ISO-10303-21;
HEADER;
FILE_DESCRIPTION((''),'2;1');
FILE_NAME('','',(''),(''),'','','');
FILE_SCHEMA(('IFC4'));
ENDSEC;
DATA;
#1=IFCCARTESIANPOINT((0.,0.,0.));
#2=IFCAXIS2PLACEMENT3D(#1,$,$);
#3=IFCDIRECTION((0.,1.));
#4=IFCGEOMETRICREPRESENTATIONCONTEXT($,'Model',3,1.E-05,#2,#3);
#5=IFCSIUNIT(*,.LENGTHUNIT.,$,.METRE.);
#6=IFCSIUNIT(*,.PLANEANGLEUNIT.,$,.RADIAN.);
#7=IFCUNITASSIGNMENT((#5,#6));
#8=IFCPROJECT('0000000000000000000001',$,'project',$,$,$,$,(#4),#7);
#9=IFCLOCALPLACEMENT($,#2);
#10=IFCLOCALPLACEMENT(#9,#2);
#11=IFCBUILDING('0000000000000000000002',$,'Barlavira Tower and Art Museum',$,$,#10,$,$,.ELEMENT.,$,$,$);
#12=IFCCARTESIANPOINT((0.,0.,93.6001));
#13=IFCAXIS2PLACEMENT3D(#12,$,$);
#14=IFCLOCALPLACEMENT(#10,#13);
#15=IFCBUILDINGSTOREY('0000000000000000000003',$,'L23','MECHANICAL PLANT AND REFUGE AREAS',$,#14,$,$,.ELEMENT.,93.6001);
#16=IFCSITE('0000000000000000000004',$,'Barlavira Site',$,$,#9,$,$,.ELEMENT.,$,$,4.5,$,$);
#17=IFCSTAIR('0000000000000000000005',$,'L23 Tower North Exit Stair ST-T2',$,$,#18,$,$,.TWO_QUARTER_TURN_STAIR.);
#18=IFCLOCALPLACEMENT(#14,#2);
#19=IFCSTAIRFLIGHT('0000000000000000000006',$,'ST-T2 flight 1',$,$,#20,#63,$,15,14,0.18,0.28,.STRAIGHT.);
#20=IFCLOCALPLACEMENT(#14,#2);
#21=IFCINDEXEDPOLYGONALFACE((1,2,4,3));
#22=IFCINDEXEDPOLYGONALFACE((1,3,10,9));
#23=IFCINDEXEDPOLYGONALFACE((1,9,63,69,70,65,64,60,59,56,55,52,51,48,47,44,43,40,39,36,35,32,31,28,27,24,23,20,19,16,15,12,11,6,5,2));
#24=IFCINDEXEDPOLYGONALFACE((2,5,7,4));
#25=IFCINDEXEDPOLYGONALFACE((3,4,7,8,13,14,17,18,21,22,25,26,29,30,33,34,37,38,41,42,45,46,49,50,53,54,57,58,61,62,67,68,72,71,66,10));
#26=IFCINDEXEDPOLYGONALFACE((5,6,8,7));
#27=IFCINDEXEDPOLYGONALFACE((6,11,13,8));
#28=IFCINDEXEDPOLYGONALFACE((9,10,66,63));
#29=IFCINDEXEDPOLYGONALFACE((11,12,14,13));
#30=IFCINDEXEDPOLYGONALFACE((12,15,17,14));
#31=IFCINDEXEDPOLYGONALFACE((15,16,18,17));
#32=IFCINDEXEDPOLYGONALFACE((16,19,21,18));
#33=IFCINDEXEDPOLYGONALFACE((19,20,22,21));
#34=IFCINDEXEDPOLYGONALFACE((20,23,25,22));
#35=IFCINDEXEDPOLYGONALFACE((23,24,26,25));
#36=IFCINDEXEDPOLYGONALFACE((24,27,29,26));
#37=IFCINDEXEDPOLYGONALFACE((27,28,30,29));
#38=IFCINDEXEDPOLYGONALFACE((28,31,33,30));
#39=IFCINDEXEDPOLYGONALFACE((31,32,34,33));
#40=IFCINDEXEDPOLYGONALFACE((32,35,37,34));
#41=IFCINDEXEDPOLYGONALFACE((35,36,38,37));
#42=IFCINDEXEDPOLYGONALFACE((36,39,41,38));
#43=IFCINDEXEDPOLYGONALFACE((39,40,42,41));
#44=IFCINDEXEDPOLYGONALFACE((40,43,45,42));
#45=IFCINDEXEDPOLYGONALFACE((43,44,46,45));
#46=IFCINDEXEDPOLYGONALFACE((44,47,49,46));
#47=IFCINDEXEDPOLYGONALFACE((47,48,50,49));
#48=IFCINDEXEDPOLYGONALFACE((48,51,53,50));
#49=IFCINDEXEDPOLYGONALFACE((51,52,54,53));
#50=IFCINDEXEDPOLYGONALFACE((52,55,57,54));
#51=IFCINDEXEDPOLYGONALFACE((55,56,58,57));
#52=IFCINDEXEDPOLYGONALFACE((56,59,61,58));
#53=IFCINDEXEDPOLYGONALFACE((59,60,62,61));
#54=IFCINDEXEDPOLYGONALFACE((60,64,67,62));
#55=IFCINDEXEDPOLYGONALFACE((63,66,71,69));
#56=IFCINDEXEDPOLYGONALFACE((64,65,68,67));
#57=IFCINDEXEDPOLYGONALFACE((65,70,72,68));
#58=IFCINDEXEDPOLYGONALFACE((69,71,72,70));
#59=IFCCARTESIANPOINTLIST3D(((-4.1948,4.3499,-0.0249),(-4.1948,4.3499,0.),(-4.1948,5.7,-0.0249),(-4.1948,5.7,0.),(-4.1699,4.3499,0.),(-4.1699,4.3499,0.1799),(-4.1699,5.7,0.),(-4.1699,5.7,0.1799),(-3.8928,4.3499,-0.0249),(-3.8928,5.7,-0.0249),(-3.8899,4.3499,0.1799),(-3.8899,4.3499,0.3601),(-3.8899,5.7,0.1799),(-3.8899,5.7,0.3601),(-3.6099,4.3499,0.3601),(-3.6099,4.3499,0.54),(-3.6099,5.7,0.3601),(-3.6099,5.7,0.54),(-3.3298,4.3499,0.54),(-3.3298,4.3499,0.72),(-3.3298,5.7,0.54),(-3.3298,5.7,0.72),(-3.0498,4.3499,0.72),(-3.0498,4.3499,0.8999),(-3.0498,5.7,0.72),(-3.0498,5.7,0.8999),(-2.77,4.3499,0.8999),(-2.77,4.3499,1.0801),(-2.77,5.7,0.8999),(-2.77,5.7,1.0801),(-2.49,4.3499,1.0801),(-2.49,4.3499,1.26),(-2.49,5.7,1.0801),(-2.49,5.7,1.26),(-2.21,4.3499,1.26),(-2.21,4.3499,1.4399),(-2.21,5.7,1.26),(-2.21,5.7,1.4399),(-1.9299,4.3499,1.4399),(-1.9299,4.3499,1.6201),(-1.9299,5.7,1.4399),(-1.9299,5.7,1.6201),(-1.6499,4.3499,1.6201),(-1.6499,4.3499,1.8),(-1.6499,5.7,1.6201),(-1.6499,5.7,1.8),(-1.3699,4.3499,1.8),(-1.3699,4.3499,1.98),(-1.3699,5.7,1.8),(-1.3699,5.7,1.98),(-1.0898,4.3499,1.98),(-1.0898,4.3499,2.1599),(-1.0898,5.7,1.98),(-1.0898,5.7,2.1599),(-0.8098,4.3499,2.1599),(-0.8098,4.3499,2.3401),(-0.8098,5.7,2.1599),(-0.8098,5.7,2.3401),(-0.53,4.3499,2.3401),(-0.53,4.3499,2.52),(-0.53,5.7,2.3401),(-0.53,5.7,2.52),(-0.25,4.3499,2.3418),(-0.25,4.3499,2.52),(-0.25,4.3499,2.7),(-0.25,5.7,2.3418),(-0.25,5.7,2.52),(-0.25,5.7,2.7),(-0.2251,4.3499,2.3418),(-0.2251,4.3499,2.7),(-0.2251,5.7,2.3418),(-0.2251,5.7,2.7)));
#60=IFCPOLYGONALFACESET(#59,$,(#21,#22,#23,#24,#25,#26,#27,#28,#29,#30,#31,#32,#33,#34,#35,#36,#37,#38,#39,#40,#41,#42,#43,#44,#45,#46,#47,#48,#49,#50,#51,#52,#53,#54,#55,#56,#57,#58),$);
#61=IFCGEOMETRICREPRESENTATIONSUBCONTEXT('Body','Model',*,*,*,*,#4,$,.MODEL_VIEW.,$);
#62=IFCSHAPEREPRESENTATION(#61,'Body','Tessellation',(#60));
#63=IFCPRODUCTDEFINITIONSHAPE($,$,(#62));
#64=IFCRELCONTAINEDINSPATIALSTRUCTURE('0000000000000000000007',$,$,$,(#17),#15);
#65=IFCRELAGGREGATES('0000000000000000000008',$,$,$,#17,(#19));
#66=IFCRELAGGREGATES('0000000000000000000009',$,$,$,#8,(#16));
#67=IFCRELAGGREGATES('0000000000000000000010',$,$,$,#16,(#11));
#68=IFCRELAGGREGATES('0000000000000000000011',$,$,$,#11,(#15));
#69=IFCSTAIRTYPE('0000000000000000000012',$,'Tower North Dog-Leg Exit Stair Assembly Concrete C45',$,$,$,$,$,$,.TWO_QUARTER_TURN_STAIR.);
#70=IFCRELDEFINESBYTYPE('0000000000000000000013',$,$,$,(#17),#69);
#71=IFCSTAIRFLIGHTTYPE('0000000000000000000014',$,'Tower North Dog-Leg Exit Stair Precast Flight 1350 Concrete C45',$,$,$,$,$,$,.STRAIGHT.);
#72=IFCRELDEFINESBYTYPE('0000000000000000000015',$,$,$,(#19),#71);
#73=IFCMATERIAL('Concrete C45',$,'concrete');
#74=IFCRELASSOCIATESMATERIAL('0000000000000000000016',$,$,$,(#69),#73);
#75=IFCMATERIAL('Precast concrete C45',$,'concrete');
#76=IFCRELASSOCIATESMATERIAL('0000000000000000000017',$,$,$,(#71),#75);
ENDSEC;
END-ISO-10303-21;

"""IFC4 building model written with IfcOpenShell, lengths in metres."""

from ifc_helpers import new_model, si_unit, direction, frame, origin, place, context, subcontext, project, spatial, polyline, outline, extrude, material, type_object, element, aggregate, save


model = new_model("IFC4")

# Units and contexts
model_context = context("Model", 3, precision=1e-05, world=origin(), true_north=direction((0.0, 1.0)))
body_context = subcontext(model_context, "Body", "Model", "MODEL_VIEW")
ifc_project = project(units=[si_unit("LENGTHUNIT", "METRE"), si_unit("PLANEANGLEUNIT", "RADIAN")], contexts=[model_context])

# Site, building, storey
site_placement = place(None, origin())
site = spatial("IfcSite", under=ifc_project, at=site_placement, Name="Barlavira Site", CompositionType="ELEMENT", RefElevation=4.5)
building_placement = place(site_placement, origin())
building = spatial("IfcBuilding", under=site, at=building_placement, Name="Barlavira Tower and Art Museum", CompositionType="ELEMENT")
storey_placement = place(building_placement, frame((0.0, 0.0, 93.6001)))
storey = spatial("IfcBuildingStorey", under=building, at=storey_placement, Name="L23", Description="MECHANICAL PLANT AND REFUGE AREAS", CompositionType="ELEMENT", Elevation=93.6001)

# Stair, stair flight
ifc_material_1 = material(Name="Concrete C45", Category="concrete")
stair_type = type_object("IfcStairType", Name="Tower North Dog-Leg Exit Stair Assembly Concrete C45", PredefinedType="TWO_QUARTER_TURN_STAIR", material=ifc_material_1)
stair_placement = place(storey_placement, origin())
stair = element("IfcStair", 1, at=stair_placement, inside=storey, type_object=stair_type, Name="L23 Tower North Exit Stair ST-T2", PredefinedType="TWO_QUARTER_TURN_STAIR")
ifc_material_2 = material(Name="Precast concrete C45", Category="concrete")
stair_flight_type = type_object("IfcStairFlightType", Name="Tower North Dog-Leg Exit Stair Precast Flight 1350 Concrete C45", PredefinedType="STRAIGHT", material=ifc_material_2)
stair_flight_placement = place(storey_placement, frame((-4.1699, 5.0249, 0.0), z_axis=(0.0, 0.0, 1.0), x_axis=(1.0, 0.0, 0.0)))
stair_flight = element("IfcStairFlight", 2, at=stair_flight_placement, type_object=stair_flight_type, Name="ST-T2 flight 1", NumberOfRisers=15, NumberOfTreads=14, PredefinedType="STRAIGHT", RiserHeight=0.18, TreadLength=0.28, context=body_context, shape_type="SweptSolid", body=[
    extrude(outline(polyline([(-0.0249, 0.0), (0.0, 0.0), (0.0, 0.1799), (0.28, 0.1799), (0.28, 0.3601), (0.5601, 0.3601), (0.5601, 0.54), (0.8401, 0.54), (0.8401, 0.72), (1.1201, 0.72), (1.1201, 0.8999), (1.3999, 0.8999), (1.3999, 1.0801), (1.6799, 1.0801), (1.6799, 1.26), (1.96, 1.26), (1.96, 1.4399), (2.24, 1.4399), (2.24, 1.6201), (2.52, 1.6201), (2.52, 1.8), (2.8, 1.8), (2.8, 1.98), (3.0801, 1.98), (3.0801, 2.1599), (3.3601, 2.1599), (3.3601, 2.3401), (3.6399, 2.3401), (3.6399, 2.52), (3.9199, 2.52), (3.9199, 2.7), (3.9448, 2.7), (3.9448, 2.3418), (3.9199, 2.3418), (0.2771, -0.0249), (-0.0249, -0.0249), (-0.0249, 0.0)])), frame((0.0, 0.675, 0.0), z_axis=(0.0, -1.0, 0.0), x_axis=(1.0, 0.0, 0.0)), (0.0, 0.0, 1.0), 1.3501),
])
aggregate(stair, [stair_flight])

save(model, "model.ifc")
